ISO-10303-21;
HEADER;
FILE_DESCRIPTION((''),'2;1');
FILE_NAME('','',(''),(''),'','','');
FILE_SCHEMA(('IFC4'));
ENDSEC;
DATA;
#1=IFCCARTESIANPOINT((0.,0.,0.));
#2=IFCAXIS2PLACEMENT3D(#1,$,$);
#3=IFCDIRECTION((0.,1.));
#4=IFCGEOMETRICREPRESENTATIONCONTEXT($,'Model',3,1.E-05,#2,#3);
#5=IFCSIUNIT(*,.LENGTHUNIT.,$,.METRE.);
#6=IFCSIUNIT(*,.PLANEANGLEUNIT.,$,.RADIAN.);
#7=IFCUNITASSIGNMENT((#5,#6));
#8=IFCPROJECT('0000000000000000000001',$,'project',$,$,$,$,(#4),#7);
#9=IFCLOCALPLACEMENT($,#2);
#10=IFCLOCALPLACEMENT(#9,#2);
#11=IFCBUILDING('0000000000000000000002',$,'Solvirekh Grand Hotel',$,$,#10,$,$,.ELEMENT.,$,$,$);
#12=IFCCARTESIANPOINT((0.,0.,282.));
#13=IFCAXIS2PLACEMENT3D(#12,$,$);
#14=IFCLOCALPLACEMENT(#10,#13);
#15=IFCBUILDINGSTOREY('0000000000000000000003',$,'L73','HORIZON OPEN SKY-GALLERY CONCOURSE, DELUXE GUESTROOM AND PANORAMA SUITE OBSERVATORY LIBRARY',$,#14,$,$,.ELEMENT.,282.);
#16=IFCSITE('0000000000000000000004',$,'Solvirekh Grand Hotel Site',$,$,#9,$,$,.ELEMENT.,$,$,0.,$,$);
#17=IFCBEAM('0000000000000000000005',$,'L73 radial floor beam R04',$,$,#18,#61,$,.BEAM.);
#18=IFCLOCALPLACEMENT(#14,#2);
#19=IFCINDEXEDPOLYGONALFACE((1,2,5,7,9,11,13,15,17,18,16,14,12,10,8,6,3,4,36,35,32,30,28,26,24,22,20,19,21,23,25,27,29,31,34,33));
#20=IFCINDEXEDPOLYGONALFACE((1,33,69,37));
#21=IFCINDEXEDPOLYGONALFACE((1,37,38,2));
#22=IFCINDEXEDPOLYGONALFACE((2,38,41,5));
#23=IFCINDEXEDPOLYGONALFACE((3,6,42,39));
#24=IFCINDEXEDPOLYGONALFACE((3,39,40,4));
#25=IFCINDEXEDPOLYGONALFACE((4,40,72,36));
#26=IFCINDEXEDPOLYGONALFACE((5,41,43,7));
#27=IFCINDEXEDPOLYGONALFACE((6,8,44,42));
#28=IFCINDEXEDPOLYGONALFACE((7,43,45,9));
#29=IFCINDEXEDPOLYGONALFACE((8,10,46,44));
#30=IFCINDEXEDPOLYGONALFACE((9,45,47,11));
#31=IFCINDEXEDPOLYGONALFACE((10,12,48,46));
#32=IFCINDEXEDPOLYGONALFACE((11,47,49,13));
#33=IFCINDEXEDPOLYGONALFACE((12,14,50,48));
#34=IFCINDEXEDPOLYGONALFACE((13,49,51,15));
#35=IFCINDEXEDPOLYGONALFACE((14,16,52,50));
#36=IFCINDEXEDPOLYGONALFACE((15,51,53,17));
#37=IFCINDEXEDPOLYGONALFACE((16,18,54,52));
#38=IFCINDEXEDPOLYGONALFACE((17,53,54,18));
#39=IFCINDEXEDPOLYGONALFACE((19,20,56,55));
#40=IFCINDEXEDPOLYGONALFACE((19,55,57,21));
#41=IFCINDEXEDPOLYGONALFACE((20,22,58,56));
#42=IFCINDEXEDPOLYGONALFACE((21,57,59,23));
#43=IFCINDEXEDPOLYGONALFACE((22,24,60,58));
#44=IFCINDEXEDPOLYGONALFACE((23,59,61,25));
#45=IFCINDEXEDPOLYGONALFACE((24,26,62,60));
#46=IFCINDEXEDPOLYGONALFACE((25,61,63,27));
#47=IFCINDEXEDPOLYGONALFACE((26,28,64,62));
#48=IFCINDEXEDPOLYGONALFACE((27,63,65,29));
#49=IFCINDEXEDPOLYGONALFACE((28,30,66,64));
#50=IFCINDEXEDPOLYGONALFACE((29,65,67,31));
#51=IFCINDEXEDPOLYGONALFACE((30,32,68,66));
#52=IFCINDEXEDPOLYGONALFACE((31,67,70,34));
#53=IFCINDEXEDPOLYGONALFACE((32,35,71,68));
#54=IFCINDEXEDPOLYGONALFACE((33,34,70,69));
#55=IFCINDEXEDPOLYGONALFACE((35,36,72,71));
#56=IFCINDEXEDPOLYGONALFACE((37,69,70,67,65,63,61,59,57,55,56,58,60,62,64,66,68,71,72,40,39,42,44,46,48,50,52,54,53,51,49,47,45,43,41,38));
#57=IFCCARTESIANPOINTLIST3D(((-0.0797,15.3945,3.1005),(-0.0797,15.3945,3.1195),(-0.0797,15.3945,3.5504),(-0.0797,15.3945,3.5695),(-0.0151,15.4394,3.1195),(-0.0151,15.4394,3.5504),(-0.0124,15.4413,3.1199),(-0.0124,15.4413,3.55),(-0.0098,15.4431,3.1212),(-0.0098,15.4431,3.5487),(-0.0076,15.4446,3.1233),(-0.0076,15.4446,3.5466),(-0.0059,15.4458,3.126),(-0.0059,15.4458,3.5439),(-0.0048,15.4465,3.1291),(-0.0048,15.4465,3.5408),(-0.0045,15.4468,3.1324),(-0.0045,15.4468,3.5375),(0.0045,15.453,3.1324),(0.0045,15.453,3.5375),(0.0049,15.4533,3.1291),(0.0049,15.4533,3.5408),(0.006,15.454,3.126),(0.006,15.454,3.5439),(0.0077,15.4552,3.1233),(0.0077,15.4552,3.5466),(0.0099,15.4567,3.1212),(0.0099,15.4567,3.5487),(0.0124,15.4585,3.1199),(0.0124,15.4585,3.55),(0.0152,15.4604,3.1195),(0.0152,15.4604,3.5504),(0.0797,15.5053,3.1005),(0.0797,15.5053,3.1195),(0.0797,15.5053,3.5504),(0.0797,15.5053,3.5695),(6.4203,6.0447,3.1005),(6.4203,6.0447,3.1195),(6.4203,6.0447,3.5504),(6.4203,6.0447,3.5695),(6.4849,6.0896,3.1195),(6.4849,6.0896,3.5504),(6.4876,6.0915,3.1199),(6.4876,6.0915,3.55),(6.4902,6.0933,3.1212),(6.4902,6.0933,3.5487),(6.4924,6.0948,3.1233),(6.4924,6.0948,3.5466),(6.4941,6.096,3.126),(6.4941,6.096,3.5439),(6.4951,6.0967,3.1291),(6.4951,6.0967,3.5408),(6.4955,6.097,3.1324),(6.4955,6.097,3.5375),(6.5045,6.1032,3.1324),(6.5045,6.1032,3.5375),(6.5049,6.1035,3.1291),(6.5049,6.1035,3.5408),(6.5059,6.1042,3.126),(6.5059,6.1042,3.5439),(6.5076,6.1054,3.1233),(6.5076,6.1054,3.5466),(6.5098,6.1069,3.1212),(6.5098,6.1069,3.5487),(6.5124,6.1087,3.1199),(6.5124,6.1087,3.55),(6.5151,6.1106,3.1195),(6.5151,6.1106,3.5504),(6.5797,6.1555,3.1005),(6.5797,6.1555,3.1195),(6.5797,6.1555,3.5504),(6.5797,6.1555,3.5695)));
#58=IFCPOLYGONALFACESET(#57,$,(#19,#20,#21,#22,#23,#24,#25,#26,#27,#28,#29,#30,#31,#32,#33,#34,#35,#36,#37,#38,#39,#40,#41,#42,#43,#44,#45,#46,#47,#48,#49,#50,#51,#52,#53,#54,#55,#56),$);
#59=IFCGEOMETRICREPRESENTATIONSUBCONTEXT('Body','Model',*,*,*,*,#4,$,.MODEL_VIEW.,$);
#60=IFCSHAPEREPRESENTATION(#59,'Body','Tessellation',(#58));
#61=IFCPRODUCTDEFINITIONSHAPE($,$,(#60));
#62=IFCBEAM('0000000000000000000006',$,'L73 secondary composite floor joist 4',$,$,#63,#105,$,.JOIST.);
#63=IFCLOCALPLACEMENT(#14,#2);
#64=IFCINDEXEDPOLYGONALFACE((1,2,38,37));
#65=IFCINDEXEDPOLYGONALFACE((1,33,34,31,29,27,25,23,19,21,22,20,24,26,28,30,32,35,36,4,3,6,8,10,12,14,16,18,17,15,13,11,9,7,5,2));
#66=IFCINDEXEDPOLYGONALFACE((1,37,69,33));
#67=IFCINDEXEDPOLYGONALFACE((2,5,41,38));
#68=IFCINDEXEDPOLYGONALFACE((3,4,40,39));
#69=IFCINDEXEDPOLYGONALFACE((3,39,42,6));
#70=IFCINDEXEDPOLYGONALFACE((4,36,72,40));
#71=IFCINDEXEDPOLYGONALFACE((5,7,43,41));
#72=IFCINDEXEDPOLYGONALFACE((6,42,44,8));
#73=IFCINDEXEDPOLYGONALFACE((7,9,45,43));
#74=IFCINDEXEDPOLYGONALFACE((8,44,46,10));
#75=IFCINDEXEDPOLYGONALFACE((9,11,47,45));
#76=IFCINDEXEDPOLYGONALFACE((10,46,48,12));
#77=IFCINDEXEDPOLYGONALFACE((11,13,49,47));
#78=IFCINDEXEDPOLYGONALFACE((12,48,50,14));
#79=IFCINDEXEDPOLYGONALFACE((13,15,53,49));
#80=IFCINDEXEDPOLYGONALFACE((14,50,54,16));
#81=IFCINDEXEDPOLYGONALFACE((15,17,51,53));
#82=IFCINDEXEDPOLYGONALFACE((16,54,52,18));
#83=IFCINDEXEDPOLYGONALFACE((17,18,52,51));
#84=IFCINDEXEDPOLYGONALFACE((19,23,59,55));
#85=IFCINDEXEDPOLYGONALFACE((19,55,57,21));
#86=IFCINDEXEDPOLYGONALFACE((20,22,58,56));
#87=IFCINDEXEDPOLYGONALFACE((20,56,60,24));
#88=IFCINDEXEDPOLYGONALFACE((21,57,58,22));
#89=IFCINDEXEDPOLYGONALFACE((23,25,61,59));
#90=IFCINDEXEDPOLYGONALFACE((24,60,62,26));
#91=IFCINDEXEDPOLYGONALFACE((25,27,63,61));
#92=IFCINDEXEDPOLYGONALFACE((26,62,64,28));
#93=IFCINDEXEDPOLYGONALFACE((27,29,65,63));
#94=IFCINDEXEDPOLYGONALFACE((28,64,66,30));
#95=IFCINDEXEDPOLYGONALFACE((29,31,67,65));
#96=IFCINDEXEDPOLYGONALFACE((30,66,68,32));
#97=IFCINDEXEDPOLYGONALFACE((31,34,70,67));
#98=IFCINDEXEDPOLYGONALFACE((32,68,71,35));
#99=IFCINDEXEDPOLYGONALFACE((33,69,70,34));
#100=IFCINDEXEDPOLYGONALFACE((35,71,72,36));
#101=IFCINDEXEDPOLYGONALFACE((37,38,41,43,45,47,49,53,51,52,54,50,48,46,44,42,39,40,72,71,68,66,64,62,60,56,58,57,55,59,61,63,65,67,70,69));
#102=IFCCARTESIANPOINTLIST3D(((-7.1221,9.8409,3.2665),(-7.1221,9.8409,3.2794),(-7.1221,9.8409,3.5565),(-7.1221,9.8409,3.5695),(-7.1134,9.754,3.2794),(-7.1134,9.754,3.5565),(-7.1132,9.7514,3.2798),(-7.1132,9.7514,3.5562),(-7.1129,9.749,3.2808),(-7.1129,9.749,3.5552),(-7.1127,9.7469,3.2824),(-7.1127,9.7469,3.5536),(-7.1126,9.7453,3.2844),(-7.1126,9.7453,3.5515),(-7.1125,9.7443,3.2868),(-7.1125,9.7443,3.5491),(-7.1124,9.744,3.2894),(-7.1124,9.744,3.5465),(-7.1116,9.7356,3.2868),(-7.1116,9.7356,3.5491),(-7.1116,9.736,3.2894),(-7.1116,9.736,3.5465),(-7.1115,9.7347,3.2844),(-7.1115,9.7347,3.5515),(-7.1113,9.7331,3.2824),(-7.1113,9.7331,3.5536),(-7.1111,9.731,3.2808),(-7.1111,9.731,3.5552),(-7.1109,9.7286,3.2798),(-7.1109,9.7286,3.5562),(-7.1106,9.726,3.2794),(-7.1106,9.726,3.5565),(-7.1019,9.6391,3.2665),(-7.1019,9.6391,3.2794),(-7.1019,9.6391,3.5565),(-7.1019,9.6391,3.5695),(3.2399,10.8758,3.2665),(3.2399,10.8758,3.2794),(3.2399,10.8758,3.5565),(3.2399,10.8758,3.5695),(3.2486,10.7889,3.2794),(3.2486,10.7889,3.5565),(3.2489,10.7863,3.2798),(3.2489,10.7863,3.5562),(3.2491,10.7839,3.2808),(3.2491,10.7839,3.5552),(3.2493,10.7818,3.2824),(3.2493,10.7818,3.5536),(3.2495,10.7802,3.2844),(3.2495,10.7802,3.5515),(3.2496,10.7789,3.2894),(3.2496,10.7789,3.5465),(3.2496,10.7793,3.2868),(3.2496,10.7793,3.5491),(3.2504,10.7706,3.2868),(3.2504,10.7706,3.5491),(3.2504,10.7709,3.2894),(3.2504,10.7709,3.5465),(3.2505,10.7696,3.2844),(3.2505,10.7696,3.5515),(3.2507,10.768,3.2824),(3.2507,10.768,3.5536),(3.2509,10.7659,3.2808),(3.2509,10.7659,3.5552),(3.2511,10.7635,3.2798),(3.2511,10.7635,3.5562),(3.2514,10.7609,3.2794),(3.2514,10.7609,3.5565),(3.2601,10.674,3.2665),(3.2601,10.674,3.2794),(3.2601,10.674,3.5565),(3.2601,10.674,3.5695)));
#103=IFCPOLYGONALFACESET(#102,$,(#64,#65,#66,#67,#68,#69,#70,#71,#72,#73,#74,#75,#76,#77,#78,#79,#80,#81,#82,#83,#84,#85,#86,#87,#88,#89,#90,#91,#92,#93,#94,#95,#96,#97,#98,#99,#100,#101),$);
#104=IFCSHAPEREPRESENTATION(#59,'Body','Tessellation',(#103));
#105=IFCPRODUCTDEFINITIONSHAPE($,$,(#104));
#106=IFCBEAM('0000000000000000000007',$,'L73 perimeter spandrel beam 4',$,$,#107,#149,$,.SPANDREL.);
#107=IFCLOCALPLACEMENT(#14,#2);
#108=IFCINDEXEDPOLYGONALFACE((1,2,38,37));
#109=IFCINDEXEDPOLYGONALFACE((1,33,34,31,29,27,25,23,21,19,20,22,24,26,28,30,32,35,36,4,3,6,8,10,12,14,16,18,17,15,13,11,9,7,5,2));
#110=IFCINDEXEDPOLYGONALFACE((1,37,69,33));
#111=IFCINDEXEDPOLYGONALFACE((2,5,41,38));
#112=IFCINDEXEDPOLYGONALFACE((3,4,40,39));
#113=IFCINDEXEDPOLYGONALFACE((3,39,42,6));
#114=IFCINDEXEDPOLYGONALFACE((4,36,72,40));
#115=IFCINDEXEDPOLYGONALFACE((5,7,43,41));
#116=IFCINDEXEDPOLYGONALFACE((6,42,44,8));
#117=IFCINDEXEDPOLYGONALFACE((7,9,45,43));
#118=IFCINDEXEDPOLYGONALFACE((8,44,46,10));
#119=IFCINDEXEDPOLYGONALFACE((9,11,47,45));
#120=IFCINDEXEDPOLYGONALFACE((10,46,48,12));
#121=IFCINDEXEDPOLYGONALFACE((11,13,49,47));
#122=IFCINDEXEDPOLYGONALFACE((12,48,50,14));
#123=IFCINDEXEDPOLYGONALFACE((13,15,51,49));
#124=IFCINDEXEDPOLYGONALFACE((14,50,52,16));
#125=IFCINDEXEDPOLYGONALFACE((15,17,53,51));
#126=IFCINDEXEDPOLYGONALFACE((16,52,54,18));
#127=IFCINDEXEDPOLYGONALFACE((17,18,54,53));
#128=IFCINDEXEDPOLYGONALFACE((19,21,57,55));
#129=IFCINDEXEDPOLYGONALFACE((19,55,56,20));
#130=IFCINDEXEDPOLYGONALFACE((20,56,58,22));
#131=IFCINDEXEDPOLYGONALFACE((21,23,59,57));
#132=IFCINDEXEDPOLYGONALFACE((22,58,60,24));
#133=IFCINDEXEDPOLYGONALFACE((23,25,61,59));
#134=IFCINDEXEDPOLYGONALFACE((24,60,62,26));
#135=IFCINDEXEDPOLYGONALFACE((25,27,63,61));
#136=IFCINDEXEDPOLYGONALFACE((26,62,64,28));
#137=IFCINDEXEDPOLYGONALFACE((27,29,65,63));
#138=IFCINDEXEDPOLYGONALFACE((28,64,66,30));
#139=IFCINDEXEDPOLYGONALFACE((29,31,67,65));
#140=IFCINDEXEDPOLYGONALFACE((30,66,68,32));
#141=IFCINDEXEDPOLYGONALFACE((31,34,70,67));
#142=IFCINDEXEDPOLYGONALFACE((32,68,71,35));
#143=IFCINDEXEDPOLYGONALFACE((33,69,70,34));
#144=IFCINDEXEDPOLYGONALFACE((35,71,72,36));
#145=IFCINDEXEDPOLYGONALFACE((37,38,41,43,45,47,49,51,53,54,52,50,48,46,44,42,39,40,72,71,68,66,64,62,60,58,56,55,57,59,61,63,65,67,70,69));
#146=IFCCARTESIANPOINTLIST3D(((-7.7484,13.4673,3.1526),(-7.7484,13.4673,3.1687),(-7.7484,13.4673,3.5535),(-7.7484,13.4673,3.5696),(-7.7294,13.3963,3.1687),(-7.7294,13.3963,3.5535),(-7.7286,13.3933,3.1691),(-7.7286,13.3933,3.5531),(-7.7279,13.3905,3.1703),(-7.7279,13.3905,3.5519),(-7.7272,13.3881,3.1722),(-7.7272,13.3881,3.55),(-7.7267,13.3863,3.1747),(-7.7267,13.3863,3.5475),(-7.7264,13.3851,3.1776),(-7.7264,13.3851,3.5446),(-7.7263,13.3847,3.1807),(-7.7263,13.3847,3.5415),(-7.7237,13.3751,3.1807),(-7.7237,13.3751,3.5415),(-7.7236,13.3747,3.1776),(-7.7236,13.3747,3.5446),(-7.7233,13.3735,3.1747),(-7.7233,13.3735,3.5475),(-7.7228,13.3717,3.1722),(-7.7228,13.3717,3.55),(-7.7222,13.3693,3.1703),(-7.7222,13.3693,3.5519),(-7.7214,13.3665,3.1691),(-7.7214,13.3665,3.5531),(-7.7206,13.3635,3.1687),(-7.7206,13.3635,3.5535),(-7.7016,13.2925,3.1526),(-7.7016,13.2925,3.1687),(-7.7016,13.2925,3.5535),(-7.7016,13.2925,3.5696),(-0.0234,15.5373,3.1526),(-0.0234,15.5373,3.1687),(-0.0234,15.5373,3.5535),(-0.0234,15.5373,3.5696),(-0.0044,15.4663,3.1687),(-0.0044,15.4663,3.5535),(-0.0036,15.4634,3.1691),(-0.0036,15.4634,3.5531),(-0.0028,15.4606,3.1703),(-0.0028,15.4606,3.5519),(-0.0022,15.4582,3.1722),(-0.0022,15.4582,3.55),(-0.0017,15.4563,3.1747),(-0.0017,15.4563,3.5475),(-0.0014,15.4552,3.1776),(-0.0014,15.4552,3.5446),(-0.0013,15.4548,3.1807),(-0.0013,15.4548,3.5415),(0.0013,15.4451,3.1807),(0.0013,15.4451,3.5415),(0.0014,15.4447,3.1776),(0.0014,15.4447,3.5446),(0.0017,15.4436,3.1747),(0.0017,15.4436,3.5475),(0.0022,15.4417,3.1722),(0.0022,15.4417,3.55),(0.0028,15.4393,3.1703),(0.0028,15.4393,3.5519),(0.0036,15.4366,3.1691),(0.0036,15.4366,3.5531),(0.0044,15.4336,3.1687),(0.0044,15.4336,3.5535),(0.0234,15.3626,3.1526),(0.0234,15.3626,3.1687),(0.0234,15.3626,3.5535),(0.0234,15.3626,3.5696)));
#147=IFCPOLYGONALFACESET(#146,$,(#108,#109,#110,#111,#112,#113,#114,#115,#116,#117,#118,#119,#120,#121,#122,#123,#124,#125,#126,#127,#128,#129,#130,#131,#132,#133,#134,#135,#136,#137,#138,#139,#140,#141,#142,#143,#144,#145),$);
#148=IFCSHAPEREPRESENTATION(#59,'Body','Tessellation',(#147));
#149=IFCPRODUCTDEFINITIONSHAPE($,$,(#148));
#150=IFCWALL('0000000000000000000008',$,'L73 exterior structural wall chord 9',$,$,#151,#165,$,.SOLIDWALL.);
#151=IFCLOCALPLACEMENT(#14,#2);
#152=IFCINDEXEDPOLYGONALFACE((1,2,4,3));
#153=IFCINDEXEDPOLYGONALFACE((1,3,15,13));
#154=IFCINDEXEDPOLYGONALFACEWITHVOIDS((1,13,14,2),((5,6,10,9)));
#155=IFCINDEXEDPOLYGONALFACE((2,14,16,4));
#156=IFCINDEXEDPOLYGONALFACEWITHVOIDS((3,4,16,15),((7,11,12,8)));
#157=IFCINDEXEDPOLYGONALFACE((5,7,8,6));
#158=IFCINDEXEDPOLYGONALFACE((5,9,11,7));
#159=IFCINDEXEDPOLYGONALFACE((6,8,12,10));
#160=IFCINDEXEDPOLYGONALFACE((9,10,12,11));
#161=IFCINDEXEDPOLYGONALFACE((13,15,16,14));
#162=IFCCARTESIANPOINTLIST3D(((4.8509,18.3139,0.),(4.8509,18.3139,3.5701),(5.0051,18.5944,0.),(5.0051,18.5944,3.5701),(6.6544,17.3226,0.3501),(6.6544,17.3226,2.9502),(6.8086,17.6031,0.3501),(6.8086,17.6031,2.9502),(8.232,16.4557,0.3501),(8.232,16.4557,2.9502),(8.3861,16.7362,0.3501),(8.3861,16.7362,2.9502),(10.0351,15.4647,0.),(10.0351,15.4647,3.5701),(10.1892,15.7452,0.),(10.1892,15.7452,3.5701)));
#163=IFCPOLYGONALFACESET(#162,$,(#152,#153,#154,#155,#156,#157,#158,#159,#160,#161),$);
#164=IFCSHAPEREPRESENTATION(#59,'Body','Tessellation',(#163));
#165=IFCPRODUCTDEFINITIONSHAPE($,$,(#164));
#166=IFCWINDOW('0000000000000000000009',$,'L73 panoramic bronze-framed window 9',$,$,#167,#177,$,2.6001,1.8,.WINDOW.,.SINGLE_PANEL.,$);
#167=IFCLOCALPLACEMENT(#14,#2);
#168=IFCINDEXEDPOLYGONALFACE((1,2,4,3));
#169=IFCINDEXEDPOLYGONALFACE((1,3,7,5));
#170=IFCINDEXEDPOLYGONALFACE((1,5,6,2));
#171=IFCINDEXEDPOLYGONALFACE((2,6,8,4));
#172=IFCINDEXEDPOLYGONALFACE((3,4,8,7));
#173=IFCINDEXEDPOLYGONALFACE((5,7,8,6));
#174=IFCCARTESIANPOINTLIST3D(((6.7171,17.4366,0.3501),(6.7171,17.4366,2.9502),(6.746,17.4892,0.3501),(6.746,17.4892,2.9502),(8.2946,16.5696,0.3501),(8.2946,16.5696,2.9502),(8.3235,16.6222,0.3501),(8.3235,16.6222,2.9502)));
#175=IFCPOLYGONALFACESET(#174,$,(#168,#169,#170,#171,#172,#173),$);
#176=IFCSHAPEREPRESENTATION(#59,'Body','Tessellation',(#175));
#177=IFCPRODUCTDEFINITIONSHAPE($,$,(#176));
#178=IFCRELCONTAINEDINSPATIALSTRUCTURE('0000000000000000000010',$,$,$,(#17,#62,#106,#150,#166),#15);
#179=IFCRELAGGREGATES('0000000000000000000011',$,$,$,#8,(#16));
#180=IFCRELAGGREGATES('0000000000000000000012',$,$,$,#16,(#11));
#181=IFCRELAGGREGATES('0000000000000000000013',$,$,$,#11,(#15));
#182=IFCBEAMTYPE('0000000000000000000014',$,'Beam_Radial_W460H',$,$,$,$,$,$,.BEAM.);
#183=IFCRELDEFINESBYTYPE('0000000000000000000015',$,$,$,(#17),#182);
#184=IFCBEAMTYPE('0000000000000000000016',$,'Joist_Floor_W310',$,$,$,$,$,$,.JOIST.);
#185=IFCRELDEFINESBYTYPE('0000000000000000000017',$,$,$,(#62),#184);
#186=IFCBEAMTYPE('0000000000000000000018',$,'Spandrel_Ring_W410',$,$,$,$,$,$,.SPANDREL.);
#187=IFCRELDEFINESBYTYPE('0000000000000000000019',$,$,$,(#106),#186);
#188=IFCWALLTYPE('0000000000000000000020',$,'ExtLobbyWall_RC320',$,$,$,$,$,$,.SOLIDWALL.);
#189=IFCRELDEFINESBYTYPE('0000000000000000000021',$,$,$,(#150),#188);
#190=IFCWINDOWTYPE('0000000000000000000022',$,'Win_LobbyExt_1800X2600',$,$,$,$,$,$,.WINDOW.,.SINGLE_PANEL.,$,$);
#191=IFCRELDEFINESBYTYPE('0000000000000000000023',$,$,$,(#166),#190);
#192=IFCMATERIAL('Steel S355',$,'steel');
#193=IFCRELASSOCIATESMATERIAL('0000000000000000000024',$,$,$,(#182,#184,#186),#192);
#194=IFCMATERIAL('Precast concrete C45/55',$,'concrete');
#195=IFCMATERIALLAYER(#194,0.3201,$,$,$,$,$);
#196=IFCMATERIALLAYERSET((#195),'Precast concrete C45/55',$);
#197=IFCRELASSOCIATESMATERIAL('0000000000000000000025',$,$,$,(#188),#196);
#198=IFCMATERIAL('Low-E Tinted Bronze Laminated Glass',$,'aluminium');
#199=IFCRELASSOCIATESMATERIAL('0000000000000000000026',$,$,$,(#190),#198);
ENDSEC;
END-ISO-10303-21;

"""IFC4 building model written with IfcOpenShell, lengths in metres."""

from ifc_helpers import new_model, si_unit, direction, frame, frame_2d, origin, origin_2d, place, context, subcontext, project, spatial, rectangle, i_section, extrude, material, layer, layer_set, material_profile, profile_set, type_object, element, fill, save


model = new_model("IFC4")

# Units and contexts
model_context = context("Model", 3, precision=1e-05, world=origin(), true_north=direction((0.0, 1.0)))
body_context = subcontext(model_context, "Body", "Model", "MODEL_VIEW")
ifc_project = project(units=[si_unit("LENGTHUNIT", "METRE"), si_unit("PLANEANGLEUNIT", "RADIAN")], contexts=[model_context])

# Site, building, storey
site_placement = place(None, origin())
site = spatial("IfcSite", under=ifc_project, at=site_placement, Name="Solvirekh Grand Hotel Site", CompositionType="ELEMENT", RefElevation=0.0)
building_placement = place(site_placement, origin())
building = spatial("IfcBuilding", under=site, at=building_placement, Name="Solvirekh Grand Hotel", CompositionType="ELEMENT")
storey_placement = place(building_placement, frame((0.0, 0.0, 282.0)))
storey = spatial("IfcBuildingStorey", under=building, at=storey_placement, Name="L73", Description="HORIZON OPEN SKY-GALLERY CONCOURSE, DELUXE GUESTROOM AND PANORAMA SUITE OBSERVATORY LIBRARY", CompositionType="ELEMENT", Elevation=282.0)

# Beams
ifc_material_1 = material(Name="Steel S355", Category="steel")
ifc_material_profile_1 = material_profile(ifc_material_1, i_section(OverallWidth=0.1941, OverallDepth=0.469, WebThickness=0.011, FlangeThickness=0.019, FilletRadius=0.0129, at=origin_2d()), Name="W460X106")
ifc_profile_set_1 = profile_set([ifc_material_profile_1], Name="Steel S355")
beam_type_1 = type_object("IfcBeamType", Name="Beam_Radial_W460H", PredefinedType="BEAM", material=ifc_profile_set_1)
beam_1_placement = place(storey_placement, frame((6.5, 6.1001, 3.335), z_axis=(-0.570813, 0.82108, 0.0), x_axis=(-0.82108, -0.570813, 0.0)))
element("IfcBeam", 1, at=beam_1_placement, inside=storey, type_object=beam_type_1, Name="L73 radial floor beam R04", PredefinedType="BEAM", context=body_context, shape_type="SweptSolid", body=[
    extrude(i_section(OverallWidth=0.1941, OverallDepth=0.469, WebThickness=0.011, FlangeThickness=0.019, FilletRadius=0.0129, at=origin_2d()), origin(), (0.0, 0.0, 1.0), 11.3872),
])
ifc_material_profile_2 = material_profile(ifc_material_1, i_section(OverallWidth=0.2029, OverallDepth=0.303, WebThickness=0.0081, FlangeThickness=0.0129, FilletRadius=0.01, at=origin_2d()), Name="W310X60")
ifc_profile_set_2 = profile_set([ifc_material_profile_2], Name="Steel S355")
beam_type_2 = type_object("IfcBeamType", Name="Joist_Floor_W310", PredefinedType="JOIST", material=ifc_profile_set_2)
beam_2_placement = place(storey_placement, frame((3.25, 10.7749, 3.418), z_axis=(-0.995049, -0.099381, 0.0), x_axis=(0.099381, -0.995049, 0.0)))
element("IfcBeam", 2, at=beam_2_placement, inside=storey, type_object=beam_type_2, Name="L73 secondary composite floor joist 4", PredefinedType="JOIST", context=body_context, shape_type="SweptSolid", body=[
    extrude(i_section(OverallWidth=0.2029, OverallDepth=0.303, WebThickness=0.0081, FlangeThickness=0.0129, FilletRadius=0.01, at=origin_2d()), origin(), (0.0, 0.0, 1.0), 10.4136),
])
ifc_material_profile_3 = material_profile(ifc_material_1, i_section(OverallWidth=0.1809, OverallDepth=0.417, WebThickness=0.01, FlangeThickness=0.0161, FilletRadius=0.012, at=origin_2d()), Name="W410X85")
ifc_profile_set_3 = profile_set([ifc_material_profile_3], Name="Steel S355")
beam_type_3 = type_object("IfcBeamType", Name="Spandrel_Ring_W410", PredefinedType="SPANDREL", material=ifc_profile_set_3)
beam_3_placement = place(storey_placement, frame((0.0, 15.45, 3.3611), z_axis=(-0.965922, -0.258835, 0.0), x_axis=(0.258835, -0.965922, 0.0)))
element("IfcBeam", 3, at=beam_3_placement, inside=storey, type_object=beam_type_3, Name="L73 perimeter spandrel beam 4", PredefinedType="SPANDREL", context=body_context, shape_type="SweptSolid", body=[
    extrude(i_section(OverallWidth=0.1809, OverallDepth=0.417, WebThickness=0.01, FlangeThickness=0.0161, FilletRadius=0.012, at=origin_2d()), origin(), (0.0, 0.0, 1.0), 7.9976),
])

# Wall, opening, window
ifc_material_2 = material(Name="Precast concrete C45/55", Category="concrete")
ifc_layer_1 = layer(ifc_material_2, 0.3201)
ifc_layer_set_1 = layer_set([ifc_layer_1], Name="Precast concrete C45/55")
wall_type_1 = type_object("IfcWallType", Name="ExtLobbyWall_RC320", PredefinedType="SOLIDWALL", material=ifc_layer_set_1)
wall_1_placement = place(storey_placement, frame((4.928, 18.4541, 0.0), z_axis=(0.0, 0.0, 1.0), x_axis=(0.876367, -0.481643, 0.0)))
wall_1 = element("IfcWall", 4, at=wall_1_placement, inside=storey, type_object=wall_type_1, Name="L73 exterior structural wall chord 9", PredefinedType="SOLIDWALL", context=body_context, shape_type="SweptSolid", body=[
    extrude(rectangle(XDim=5.9155, YDim=0.3201, at=frame_2d((2.9578, 0.0))), origin(), (0.0, 0.0, 1.0), 3.5701),
])
opening_1_placement = place(wall_1_placement, frame((2.0581, 0.0, 0.3501)))
opening_1 = element("IfcOpeningElement", 5, at=opening_1_placement, cuts=wall_1, PredefinedType="OPENING", context=body_context, shape_type="SweptSolid", body=[
    extrude(rectangle(XDim=1.8, YDim=2.6001, at=frame_2d((0.8999, 1.3))), frame((0.0, 0.1699, 0.0), z_axis=(0.0, -1.0, 0.0), x_axis=(1.0, 0.0, 0.0)), (0.0, 0.0, 1.0), 0.3401),
])
ifc_material_3 = material(Name="Low-E Tinted Bronze Laminated Glass", Category="aluminium")
window_type = type_object("IfcWindowType", Name="Win_LobbyExt_1800X2600", PartitioningType="SINGLE_PANEL", PredefinedType="WINDOW", material=ifc_material_3)
window_placement = place(opening_1_placement, origin())
window = element("IfcWindow", 6, at=window_placement, inside=storey, type_object=window_type, Name="L73 panoramic bronze-framed window 9", OverallHeight=2.6001, OverallWidth=1.8, PartitioningType="SINGLE_PANEL", PredefinedType="WINDOW", context=body_context, shape_type="SweptSolid", body=[
    extrude(rectangle(XDim=1.8, YDim=2.6001, at=frame_2d((0.8999, 1.3))), frame((0.0, 0.03, 0.0), z_axis=(0.0, -1.0, 0.0), x_axis=(1.0, 0.0, 0.0)), (0.0, 0.0, 1.0), 0.0601),
])
fill(opening_1, window)

save(model, "model.ifc")
